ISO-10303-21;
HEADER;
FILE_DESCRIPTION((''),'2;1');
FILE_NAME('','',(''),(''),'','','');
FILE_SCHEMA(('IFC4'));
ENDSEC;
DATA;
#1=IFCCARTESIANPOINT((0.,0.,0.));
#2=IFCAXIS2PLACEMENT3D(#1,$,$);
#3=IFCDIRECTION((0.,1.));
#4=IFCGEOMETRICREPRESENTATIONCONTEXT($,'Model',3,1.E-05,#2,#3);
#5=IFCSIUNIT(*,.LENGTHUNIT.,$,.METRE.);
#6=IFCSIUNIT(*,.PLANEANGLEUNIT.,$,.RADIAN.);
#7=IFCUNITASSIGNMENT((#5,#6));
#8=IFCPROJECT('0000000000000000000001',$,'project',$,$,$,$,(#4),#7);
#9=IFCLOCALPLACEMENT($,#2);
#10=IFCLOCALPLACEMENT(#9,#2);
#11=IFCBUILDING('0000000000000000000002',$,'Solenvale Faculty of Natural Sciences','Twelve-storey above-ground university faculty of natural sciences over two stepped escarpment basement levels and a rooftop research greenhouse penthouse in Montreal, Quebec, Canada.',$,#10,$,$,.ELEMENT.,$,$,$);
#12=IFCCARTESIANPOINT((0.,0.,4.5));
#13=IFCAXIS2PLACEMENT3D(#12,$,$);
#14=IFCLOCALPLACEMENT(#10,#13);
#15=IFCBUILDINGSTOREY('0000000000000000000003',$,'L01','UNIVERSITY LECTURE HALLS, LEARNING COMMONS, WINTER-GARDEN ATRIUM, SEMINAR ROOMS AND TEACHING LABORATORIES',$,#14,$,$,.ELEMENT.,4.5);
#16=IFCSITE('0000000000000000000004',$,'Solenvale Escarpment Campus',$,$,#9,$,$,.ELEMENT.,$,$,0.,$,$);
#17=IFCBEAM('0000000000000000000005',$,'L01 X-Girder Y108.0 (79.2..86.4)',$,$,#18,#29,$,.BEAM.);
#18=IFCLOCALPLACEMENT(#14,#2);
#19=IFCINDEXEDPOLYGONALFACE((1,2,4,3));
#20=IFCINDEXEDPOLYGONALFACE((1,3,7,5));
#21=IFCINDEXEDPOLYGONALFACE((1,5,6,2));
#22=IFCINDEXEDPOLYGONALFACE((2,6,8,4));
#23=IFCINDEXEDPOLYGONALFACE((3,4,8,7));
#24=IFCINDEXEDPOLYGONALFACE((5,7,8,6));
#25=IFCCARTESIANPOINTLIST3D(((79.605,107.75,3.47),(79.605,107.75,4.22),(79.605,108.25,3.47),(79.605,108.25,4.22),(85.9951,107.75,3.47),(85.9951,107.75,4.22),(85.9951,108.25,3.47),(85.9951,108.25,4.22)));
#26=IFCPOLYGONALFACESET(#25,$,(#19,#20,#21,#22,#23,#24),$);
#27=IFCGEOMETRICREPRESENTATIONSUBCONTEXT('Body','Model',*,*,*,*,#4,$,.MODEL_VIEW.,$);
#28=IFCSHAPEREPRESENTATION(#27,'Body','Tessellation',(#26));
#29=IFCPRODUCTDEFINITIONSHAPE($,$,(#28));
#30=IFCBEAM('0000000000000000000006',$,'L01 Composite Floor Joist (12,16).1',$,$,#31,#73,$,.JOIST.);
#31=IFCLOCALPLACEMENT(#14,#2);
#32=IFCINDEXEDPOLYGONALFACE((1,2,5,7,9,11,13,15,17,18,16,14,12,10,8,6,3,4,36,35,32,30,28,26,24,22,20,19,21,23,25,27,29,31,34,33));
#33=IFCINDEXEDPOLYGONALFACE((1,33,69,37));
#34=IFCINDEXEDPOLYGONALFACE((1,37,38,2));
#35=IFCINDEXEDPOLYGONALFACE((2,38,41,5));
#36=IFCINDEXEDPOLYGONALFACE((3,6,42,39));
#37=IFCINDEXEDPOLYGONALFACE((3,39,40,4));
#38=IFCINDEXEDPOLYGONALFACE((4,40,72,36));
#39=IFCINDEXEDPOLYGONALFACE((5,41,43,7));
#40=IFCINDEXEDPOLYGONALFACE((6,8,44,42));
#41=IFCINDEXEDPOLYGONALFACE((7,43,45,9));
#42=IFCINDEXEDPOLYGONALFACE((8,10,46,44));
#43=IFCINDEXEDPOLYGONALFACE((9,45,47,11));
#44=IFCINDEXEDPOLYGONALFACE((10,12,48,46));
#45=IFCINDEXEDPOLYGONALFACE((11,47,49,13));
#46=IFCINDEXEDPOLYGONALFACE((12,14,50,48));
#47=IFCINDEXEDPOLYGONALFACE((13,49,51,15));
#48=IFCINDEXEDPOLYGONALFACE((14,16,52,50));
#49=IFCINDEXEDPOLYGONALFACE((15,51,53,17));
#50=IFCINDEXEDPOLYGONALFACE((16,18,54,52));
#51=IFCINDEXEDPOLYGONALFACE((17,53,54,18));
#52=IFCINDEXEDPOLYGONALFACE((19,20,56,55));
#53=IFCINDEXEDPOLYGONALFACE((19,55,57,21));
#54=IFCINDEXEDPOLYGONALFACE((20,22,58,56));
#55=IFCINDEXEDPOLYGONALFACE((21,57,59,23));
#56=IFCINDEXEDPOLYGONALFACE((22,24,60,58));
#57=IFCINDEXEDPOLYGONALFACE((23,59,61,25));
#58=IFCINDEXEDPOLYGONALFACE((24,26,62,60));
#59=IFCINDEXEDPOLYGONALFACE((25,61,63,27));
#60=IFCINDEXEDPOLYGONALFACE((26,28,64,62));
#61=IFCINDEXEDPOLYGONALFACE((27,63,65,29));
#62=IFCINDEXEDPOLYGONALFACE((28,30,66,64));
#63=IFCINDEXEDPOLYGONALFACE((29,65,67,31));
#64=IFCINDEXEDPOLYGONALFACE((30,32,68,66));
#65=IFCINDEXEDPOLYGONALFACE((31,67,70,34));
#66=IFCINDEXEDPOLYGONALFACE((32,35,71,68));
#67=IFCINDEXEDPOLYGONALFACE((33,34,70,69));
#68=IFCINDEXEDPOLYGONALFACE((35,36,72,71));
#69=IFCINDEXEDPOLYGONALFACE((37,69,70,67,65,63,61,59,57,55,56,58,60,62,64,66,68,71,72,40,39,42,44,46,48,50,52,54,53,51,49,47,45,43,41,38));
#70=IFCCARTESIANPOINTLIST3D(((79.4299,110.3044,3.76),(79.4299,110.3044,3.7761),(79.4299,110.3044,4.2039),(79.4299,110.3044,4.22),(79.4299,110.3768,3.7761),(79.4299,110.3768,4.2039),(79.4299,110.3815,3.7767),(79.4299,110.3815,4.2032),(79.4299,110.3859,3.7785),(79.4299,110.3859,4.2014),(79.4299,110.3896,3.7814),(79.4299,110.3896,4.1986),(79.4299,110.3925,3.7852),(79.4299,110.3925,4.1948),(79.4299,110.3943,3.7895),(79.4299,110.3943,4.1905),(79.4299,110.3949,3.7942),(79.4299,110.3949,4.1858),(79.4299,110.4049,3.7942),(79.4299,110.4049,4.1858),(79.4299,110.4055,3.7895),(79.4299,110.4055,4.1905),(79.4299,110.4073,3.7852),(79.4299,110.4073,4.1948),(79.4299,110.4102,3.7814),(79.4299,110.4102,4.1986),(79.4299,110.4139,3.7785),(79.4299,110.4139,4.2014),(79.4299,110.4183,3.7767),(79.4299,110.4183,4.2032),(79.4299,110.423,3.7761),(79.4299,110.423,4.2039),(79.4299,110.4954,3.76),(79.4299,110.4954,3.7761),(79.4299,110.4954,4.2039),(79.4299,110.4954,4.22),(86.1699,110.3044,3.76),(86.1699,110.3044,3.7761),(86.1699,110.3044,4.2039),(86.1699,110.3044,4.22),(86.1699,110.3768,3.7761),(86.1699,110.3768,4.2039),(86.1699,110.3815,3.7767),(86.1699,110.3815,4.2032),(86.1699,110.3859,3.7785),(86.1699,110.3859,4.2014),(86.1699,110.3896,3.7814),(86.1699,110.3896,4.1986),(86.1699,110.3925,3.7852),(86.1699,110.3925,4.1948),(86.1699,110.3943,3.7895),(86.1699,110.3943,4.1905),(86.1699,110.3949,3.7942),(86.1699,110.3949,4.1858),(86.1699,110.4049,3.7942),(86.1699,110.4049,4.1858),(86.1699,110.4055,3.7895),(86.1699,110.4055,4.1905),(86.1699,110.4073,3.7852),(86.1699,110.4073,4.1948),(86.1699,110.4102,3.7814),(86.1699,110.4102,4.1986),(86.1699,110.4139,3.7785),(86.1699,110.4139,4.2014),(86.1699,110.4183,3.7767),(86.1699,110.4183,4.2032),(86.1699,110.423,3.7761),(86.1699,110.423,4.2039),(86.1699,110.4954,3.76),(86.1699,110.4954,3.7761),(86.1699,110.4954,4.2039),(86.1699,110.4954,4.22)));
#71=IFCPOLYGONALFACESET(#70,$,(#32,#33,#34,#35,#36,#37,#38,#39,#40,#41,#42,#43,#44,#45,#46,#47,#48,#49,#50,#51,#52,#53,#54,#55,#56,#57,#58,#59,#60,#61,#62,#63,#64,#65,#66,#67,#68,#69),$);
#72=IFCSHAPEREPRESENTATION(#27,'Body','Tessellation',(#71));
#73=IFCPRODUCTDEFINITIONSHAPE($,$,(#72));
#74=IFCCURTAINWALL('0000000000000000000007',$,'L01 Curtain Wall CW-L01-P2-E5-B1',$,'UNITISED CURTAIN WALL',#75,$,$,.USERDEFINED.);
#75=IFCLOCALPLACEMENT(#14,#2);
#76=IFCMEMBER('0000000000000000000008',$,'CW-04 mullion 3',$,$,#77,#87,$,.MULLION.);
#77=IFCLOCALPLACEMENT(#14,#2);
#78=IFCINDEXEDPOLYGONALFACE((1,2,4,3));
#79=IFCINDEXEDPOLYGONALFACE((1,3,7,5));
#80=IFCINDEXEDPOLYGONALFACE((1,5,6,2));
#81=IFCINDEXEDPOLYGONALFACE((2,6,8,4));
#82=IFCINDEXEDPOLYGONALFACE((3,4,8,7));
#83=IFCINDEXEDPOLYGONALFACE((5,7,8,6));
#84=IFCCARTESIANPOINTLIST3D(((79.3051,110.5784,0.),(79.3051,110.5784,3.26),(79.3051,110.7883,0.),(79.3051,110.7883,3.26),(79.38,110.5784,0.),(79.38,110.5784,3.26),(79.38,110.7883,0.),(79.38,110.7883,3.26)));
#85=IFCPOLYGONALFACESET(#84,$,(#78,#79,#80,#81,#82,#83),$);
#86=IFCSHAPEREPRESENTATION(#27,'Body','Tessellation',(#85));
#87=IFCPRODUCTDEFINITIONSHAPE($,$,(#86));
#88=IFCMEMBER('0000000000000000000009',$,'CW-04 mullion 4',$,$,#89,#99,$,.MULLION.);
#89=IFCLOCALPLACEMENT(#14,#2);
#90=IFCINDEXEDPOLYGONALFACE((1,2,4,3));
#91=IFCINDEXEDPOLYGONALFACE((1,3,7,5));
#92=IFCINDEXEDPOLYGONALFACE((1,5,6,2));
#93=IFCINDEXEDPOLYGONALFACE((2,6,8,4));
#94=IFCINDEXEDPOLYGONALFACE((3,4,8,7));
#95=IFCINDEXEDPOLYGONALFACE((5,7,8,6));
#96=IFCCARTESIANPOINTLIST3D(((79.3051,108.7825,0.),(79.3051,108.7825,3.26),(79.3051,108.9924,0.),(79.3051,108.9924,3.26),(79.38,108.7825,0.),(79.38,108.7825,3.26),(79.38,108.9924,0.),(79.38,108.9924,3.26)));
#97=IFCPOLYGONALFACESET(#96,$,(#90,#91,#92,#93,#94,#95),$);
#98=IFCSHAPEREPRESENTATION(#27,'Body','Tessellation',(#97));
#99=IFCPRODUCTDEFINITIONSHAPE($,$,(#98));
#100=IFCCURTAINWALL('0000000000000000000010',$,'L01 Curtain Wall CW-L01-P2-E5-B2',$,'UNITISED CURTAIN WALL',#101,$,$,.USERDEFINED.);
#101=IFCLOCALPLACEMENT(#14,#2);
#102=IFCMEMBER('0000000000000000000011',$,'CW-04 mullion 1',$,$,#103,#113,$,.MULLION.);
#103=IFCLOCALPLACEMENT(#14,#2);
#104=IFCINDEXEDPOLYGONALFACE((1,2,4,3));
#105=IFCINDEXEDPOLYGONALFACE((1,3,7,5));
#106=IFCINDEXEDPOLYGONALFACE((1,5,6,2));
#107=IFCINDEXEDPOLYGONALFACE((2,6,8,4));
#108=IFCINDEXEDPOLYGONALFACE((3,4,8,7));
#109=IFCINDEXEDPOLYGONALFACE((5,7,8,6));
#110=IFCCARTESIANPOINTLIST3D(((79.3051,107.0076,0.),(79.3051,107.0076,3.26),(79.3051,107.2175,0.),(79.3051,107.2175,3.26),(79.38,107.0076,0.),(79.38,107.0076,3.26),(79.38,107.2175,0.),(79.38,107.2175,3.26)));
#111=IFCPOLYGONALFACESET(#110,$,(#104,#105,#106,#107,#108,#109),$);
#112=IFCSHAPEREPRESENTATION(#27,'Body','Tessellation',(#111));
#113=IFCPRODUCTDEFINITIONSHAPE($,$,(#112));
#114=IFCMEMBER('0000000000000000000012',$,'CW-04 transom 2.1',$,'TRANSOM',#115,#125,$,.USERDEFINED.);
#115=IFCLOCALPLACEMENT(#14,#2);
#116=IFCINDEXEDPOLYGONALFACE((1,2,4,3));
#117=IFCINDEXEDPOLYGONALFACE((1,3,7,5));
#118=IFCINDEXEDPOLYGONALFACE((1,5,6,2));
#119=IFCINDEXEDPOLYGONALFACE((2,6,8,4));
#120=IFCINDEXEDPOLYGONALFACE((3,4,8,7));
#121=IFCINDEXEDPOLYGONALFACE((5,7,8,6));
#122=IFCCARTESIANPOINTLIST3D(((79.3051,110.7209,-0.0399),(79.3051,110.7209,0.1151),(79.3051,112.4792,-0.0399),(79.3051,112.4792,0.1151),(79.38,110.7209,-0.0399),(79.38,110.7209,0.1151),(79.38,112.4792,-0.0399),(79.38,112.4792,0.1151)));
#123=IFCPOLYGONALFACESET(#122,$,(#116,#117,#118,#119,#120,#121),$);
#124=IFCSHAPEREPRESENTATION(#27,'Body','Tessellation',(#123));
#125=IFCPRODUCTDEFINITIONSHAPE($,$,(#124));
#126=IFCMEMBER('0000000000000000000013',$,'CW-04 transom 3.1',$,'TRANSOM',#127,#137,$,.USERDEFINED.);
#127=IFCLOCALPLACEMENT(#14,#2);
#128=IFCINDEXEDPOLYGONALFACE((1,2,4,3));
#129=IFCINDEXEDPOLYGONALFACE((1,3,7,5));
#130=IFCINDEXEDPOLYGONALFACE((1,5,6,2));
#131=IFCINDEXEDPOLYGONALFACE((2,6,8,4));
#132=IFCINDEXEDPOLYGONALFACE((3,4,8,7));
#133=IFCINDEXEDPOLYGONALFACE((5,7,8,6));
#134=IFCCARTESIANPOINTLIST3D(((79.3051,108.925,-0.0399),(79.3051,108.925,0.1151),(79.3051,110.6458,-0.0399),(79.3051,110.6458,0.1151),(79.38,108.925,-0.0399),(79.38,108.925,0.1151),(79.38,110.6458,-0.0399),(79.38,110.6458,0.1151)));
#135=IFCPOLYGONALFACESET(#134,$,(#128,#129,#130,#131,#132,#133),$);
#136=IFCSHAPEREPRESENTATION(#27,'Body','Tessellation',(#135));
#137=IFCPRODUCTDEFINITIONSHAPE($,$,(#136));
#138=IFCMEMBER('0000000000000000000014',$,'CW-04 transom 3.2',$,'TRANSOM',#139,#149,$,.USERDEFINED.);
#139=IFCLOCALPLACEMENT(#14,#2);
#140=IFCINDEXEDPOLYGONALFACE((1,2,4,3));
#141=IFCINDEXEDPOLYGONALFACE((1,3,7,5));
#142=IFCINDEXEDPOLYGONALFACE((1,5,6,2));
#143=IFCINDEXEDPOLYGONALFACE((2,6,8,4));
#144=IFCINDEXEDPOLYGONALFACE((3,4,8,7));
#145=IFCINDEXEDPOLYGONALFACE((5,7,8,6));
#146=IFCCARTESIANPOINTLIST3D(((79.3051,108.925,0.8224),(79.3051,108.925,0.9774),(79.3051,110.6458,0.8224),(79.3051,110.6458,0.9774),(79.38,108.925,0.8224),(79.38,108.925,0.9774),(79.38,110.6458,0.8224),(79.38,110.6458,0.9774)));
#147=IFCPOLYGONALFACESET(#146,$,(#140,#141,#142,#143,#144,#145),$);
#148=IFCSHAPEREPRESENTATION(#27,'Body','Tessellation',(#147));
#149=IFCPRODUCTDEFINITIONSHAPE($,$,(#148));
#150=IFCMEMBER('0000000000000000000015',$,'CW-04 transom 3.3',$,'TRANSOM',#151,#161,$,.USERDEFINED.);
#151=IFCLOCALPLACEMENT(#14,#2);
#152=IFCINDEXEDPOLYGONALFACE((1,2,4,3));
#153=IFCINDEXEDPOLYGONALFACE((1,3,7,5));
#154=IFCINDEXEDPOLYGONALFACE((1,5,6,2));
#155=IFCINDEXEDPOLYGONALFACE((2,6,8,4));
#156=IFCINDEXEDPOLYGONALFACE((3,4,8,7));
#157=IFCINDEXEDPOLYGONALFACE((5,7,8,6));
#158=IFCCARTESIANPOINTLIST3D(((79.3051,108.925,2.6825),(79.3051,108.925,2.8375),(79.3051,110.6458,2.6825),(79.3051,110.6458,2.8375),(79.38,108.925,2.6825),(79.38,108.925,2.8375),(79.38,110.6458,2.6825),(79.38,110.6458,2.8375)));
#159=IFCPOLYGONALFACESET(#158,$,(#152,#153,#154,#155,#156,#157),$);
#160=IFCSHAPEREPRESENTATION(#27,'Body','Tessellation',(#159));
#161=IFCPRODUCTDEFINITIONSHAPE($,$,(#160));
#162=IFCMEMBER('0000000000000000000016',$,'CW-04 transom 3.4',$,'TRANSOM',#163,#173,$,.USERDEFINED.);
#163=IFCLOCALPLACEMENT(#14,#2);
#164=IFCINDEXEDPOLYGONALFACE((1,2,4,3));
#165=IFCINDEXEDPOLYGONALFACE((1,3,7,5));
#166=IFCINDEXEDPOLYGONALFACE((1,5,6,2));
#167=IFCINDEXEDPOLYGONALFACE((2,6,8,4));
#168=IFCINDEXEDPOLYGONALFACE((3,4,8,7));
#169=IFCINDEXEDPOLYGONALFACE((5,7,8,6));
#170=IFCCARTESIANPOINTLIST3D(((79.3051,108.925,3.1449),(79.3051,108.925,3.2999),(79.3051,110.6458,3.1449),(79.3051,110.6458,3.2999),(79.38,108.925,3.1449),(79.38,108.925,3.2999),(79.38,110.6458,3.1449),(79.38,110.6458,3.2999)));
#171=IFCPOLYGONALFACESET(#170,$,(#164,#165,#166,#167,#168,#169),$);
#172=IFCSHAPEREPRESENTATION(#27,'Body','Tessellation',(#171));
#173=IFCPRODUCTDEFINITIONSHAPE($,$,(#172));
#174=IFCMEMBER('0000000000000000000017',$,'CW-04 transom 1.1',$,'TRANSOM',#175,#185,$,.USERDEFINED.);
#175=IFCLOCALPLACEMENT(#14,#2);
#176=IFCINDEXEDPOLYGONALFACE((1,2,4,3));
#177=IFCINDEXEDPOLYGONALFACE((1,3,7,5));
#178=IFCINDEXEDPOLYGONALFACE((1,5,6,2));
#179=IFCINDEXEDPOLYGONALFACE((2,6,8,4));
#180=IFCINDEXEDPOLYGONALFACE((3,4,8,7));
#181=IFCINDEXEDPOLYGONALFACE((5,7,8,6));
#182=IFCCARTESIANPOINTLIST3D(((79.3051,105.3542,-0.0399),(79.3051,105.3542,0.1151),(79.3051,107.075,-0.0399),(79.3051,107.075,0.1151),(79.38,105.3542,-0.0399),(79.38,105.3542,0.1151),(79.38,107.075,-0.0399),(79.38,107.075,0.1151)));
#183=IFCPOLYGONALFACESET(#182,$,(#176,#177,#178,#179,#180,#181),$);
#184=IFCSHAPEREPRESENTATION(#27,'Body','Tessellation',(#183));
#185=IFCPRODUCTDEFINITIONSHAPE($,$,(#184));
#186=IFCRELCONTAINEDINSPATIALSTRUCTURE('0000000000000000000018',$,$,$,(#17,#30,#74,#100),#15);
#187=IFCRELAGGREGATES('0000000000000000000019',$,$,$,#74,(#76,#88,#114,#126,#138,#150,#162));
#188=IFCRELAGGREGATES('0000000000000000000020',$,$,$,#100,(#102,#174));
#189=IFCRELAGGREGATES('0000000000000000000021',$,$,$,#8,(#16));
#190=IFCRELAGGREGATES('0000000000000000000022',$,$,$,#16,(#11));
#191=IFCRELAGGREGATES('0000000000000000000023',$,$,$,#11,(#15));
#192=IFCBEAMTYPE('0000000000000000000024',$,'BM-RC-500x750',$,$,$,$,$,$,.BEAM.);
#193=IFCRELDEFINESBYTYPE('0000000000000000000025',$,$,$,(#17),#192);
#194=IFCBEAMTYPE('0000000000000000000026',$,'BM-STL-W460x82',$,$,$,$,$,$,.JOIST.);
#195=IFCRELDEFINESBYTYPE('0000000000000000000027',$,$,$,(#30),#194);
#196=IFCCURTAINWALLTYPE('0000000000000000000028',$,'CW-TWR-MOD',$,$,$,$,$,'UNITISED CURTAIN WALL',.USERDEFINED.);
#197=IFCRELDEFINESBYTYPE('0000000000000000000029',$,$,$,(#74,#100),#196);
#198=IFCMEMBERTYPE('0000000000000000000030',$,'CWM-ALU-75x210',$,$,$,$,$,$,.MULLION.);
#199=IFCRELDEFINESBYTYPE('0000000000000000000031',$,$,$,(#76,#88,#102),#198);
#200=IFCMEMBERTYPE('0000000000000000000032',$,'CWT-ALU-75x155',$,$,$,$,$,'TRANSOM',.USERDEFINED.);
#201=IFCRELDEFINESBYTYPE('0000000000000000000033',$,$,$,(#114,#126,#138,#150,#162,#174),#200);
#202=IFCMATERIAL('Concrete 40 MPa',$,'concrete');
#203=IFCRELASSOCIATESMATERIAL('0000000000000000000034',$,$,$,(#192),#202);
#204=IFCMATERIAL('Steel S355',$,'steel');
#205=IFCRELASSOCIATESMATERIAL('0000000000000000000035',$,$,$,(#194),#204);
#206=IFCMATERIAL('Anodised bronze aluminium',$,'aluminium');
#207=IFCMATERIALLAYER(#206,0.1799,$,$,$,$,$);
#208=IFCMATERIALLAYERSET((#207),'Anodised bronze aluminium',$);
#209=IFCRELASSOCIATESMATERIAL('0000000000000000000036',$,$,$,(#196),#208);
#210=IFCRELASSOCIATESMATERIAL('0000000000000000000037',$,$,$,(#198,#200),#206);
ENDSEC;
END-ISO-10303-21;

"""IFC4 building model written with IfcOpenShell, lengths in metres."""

from ifc_helpers import new_model, si_unit, direction, frame, origin, origin_2d, place, context, subcontext, project, spatial, rectangle, i_section, extrude, material, layer, layer_set, material_profile, profile_set, type_object, element, aggregate, save


model = new_model("IFC4")

# Units and contexts
model_context = context("Model", 3, precision=1e-05, world=origin(), true_north=direction((0.0, 1.0)))
body_context = subcontext(model_context, "Body", "Model", "MODEL_VIEW")
ifc_project = project(units=[si_unit("LENGTHUNIT", "METRE"), si_unit("PLANEANGLEUNIT", "RADIAN")], contexts=[model_context])

# Site, building, storey
site_placement = place(None, origin())
site = spatial("IfcSite", under=ifc_project, at=site_placement, Name="Solenvale Escarpment Campus", CompositionType="ELEMENT", RefElevation=0.0)
building_placement = place(site_placement, origin())
building = spatial("IfcBuilding", under=site, at=building_placement, Name="Solenvale Faculty of Natural Sciences", Description="Twelve-storey above-ground university faculty of natural sciences over two stepped escarpment basement levels and a rooftop research greenhouse penthouse in Montreal, Quebec, Canada.", CompositionType="ELEMENT")
storey_placement = place(building_placement, frame((0.0, 0.0, 4.5)))
storey = spatial("IfcBuildingStorey", under=building, at=storey_placement, Name="L01", Description="UNIVERSITY LECTURE HALLS, LEARNING COMMONS, WINTER-GARDEN ATRIUM, SEMINAR ROOMS AND TEACHING LABORATORIES", CompositionType="ELEMENT", Elevation=4.5)

# Beams
ifc_material_1 = material(Name="Concrete 40 MPa", Category="concrete")
ifc_material_profile_1 = material_profile(ifc_material_1, rectangle(XDim=0.5, YDim=0.75, at=origin_2d()), Name="RC-BM-500x750")
ifc_profile_set_1 = profile_set([ifc_material_profile_1], Name="Concrete 40 MPa")
beam_type_1 = type_object("IfcBeamType", Name="BM-RC-500x750", PredefinedType="BEAM", material=ifc_profile_set_1)
beam_1_placement = place(storey_placement, frame((79.605, 108.0, 3.845), z_axis=(1.0, 0.0, 0.0), x_axis=(0.0, 1.0, 0.0)))
element("IfcBeam", 1, at=beam_1_placement, inside=storey, type_object=beam_type_1, Name="L01 X-Girder Y108.0 (79.2..86.4)", PredefinedType="BEAM", context=body_context, shape_type="SweptSolid", body=[
    extrude(rectangle(XDim=0.5, YDim=0.75, at=origin_2d()), origin(), (0.0, 0.0, 1.0), 6.3901),
])
ifc_material_2 = material(Name="Steel S355", Category="steel")
ifc_material_profile_2 = material_profile(ifc_material_2, i_section(OverallWidth=0.1909, OverallDepth=0.46, WebThickness=0.01, FlangeThickness=0.0161, FilletRadius=0.0181, at=origin_2d()), Name="W460x82")
ifc_profile_set_2 = profile_set([ifc_material_profile_2], Name="Steel S355")
beam_type_2 = type_object("IfcBeamType", Name="BM-STL-W460x82", PredefinedType="JOIST", material=ifc_profile_set_2)
beam_2_placement = place(storey_placement, frame((79.4299, 110.3999, 3.99), z_axis=(1.0, 0.0, 0.0), x_axis=(0.0, 1.0, 0.0)))
element("IfcBeam", 2, at=beam_2_placement, inside=storey, type_object=beam_type_2, Name="L01 Composite Floor Joist (12,16).1", PredefinedType="JOIST", context=body_context, shape_type="SweptSolid", body=[
    extrude(i_section(OverallWidth=0.1909, OverallDepth=0.46, WebThickness=0.01, FlangeThickness=0.0161, FilletRadius=0.0181, at=origin_2d()), origin(), (0.0, 0.0, 1.0), 6.74),
])

# Curtain wall, members
ifc_material_3 = material(Name="Anodised bronze aluminium", Category="aluminium")
ifc_layer_1 = layer(ifc_material_3, 0.1799)
ifc_layer_set_1 = layer_set([ifc_layer_1], Name="Anodised bronze aluminium")
curtain_wall_type = type_object("IfcCurtainWallType", Name="CW-TWR-MOD", ElementType="UNITISED CURTAIN WALL", PredefinedType="USERDEFINED", material=ifc_layer_set_1)
curtain_wall_1_placement = place(storey_placement, origin())
curtain_wall_1 = element("IfcCurtainWall", 3, at=curtain_wall_1_placement, inside=storey, type_object=curtain_wall_type, Name="L01 Curtain Wall CW-L01-P2-E5-B1", ObjectType="UNITISED CURTAIN WALL", PredefinedType="USERDEFINED")
ifc_material_profile_3 = material_profile(ifc_material_3, rectangle(XDim=0.075, YDim=0.21, at=origin_2d()), Name="ALU-MUL-75x210")
ifc_profile_set_3 = profile_set([ifc_material_profile_3], Name="Anodised bronze aluminium")
member_type_1 = type_object("IfcMemberType", Name="CWM-ALU-75x210", PredefinedType="MULLION", material=ifc_profile_set_3)
member_1_placement = place(storey_placement, frame((79.3425, 110.6833, 0.0), z_axis=(0.0, 0.0, 1.0), x_axis=(1.0, 0.0, 0.0)))
member_1 = element("IfcMember", 4, at=member_1_placement, type_object=member_type_1, Name="CW-04 mullion 3", PredefinedType="MULLION", context=body_context, shape_type="SweptSolid", body=[
    extrude(rectangle(XDim=0.075, YDim=0.21, at=origin_2d()), origin(), (0.0, 0.0, 1.0), 3.26),
])
member_2_placement = place(storey_placement, frame((79.3425, 108.8875, 0.0), z_axis=(0.0, 0.0, 1.0), x_axis=(1.0, 0.0, 0.0)))
member_2 = element("IfcMember", 5, at=member_2_placement, type_object=member_type_1, Name="CW-04 mullion 4", PredefinedType="MULLION", context=body_context, shape_type="SweptSolid", body=[
    extrude(rectangle(XDim=0.075, YDim=0.21, at=origin_2d()), origin(), (0.0, 0.0, 1.0), 3.26),
])

# Curtain wall, member
curtain_wall_2_placement = place(storey_placement, origin())
curtain_wall_2 = element("IfcCurtainWall", 6, at=curtain_wall_2_placement, inside=storey, type_object=curtain_wall_type, Name="L01 Curtain Wall CW-L01-P2-E5-B2", ObjectType="UNITISED CURTAIN WALL", PredefinedType="USERDEFINED")
member_3_placement = place(storey_placement, frame((79.3425, 107.1125, 0.0), z_axis=(0.0, 0.0, 1.0), x_axis=(1.0, 0.0, 0.0)))
member_3 = element("IfcMember", 7, at=member_3_placement, type_object=member_type_1, Name="CW-04 mullion 1", PredefinedType="MULLION", context=body_context, shape_type="SweptSolid", body=[
    extrude(rectangle(XDim=0.075, YDim=0.21, at=origin_2d()), origin(), (0.0, 0.0, 1.0), 3.26),
])

# Members
ifc_material_profile_4 = material_profile(ifc_material_3, rectangle(XDim=0.075, YDim=0.155, at=origin_2d()), Name="ALU-TRN-75x155")
ifc_profile_set_4 = profile_set([ifc_material_profile_4], Name="Anodised bronze aluminium")
member_type_2 = type_object("IfcMemberType", Name="CWT-ALU-75x155", ElementType="TRANSOM", PredefinedType="USERDEFINED", material=ifc_profile_set_4)
member_4_placement = place(storey_placement, frame((79.3425, 112.4792, 0.0376), z_axis=(0.0, -1.0, 0.0), x_axis=(1.0, 0.0, 0.0)))
member_4 = element("IfcMember", 8, at=member_4_placement, type_object=member_type_2, Name="CW-04 transom 2.1", ObjectType="TRANSOM", PredefinedType="USERDEFINED", context=body_context, shape_type="SweptSolid", body=[
    extrude(rectangle(XDim=0.075, YDim=0.155, at=origin_2d()), origin(), (0.0, 0.0, 1.0), 1.7583),
])
member_5_placement = place(storey_placement, frame((79.3425, 110.6458, 0.0376), z_axis=(0.0, -1.0, 0.0), x_axis=(1.0, 0.0, 0.0)))
member_5 = element("IfcMember", 9, at=member_5_placement, type_object=member_type_2, Name="CW-04 transom 3.1", ObjectType="TRANSOM", PredefinedType="USERDEFINED", context=body_context, shape_type="SweptSolid", body=[
    extrude(rectangle(XDim=0.075, YDim=0.155, at=origin_2d()), origin(), (0.0, 0.0, 1.0), 1.7207),
])
member_6_placement = place(storey_placement, frame((79.3425, 110.6458, 0.8999), z_axis=(0.0, -1.0, 0.0), x_axis=(1.0, 0.0, 0.0)))
member_6 = element("IfcMember", 10, at=member_6_placement, type_object=member_type_2, Name="CW-04 transom 3.2", ObjectType="TRANSOM", PredefinedType="USERDEFINED", context=body_context, shape_type="SweptSolid", body=[
    extrude(rectangle(XDim=0.075, YDim=0.155, at=origin_2d()), origin(), (0.0, 0.0, 1.0), 1.7207),
])
member_7_placement = place(storey_placement, frame((79.3425, 110.6458, 2.76), z_axis=(0.0, -1.0, 0.0), x_axis=(1.0, 0.0, 0.0)))
member_7 = element("IfcMember", 11, at=member_7_placement, type_object=member_type_2, Name="CW-04 transom 3.3", ObjectType="TRANSOM", PredefinedType="USERDEFINED", context=body_context, shape_type="SweptSolid", body=[
    extrude(rectangle(XDim=0.075, YDim=0.155, at=origin_2d()), origin(), (0.0, 0.0, 1.0), 1.7207),
])
member_8_placement = place(storey_placement, frame((79.3425, 110.6458, 3.2224), z_axis=(0.0, -1.0, 0.0), x_axis=(1.0, 0.0, 0.0)))
member_8 = element("IfcMember", 12, at=member_8_placement, type_object=member_type_2, Name="CW-04 transom 3.4", ObjectType="TRANSOM", PredefinedType="USERDEFINED", context=body_context, shape_type="SweptSolid", body=[
    extrude(rectangle(XDim=0.075, YDim=0.155, at=origin_2d()), origin(), (0.0, 0.0, 1.0), 1.7207),
])
member_9_placement = place(storey_placement, frame((79.3425, 107.075, 0.0376), z_axis=(0.0, -1.0, 0.0), x_axis=(1.0, 0.0, 0.0)))
member_9 = element("IfcMember", 13, at=member_9_placement, type_object=member_type_2, Name="CW-04 transom 1.1", ObjectType="TRANSOM", PredefinedType="USERDEFINED", context=body_context, shape_type="SweptSolid", body=[
    extrude(rectangle(XDim=0.075, YDim=0.155, at=origin_2d()), origin(), (0.0, 0.0, 1.0), 1.7207),
])

aggregate(curtain_wall_1, [member_1, member_2, member_4, member_5, member_6, member_7, member_8])
aggregate(curtain_wall_2, [member_3, member_9])

save(model, "model.ifc")
